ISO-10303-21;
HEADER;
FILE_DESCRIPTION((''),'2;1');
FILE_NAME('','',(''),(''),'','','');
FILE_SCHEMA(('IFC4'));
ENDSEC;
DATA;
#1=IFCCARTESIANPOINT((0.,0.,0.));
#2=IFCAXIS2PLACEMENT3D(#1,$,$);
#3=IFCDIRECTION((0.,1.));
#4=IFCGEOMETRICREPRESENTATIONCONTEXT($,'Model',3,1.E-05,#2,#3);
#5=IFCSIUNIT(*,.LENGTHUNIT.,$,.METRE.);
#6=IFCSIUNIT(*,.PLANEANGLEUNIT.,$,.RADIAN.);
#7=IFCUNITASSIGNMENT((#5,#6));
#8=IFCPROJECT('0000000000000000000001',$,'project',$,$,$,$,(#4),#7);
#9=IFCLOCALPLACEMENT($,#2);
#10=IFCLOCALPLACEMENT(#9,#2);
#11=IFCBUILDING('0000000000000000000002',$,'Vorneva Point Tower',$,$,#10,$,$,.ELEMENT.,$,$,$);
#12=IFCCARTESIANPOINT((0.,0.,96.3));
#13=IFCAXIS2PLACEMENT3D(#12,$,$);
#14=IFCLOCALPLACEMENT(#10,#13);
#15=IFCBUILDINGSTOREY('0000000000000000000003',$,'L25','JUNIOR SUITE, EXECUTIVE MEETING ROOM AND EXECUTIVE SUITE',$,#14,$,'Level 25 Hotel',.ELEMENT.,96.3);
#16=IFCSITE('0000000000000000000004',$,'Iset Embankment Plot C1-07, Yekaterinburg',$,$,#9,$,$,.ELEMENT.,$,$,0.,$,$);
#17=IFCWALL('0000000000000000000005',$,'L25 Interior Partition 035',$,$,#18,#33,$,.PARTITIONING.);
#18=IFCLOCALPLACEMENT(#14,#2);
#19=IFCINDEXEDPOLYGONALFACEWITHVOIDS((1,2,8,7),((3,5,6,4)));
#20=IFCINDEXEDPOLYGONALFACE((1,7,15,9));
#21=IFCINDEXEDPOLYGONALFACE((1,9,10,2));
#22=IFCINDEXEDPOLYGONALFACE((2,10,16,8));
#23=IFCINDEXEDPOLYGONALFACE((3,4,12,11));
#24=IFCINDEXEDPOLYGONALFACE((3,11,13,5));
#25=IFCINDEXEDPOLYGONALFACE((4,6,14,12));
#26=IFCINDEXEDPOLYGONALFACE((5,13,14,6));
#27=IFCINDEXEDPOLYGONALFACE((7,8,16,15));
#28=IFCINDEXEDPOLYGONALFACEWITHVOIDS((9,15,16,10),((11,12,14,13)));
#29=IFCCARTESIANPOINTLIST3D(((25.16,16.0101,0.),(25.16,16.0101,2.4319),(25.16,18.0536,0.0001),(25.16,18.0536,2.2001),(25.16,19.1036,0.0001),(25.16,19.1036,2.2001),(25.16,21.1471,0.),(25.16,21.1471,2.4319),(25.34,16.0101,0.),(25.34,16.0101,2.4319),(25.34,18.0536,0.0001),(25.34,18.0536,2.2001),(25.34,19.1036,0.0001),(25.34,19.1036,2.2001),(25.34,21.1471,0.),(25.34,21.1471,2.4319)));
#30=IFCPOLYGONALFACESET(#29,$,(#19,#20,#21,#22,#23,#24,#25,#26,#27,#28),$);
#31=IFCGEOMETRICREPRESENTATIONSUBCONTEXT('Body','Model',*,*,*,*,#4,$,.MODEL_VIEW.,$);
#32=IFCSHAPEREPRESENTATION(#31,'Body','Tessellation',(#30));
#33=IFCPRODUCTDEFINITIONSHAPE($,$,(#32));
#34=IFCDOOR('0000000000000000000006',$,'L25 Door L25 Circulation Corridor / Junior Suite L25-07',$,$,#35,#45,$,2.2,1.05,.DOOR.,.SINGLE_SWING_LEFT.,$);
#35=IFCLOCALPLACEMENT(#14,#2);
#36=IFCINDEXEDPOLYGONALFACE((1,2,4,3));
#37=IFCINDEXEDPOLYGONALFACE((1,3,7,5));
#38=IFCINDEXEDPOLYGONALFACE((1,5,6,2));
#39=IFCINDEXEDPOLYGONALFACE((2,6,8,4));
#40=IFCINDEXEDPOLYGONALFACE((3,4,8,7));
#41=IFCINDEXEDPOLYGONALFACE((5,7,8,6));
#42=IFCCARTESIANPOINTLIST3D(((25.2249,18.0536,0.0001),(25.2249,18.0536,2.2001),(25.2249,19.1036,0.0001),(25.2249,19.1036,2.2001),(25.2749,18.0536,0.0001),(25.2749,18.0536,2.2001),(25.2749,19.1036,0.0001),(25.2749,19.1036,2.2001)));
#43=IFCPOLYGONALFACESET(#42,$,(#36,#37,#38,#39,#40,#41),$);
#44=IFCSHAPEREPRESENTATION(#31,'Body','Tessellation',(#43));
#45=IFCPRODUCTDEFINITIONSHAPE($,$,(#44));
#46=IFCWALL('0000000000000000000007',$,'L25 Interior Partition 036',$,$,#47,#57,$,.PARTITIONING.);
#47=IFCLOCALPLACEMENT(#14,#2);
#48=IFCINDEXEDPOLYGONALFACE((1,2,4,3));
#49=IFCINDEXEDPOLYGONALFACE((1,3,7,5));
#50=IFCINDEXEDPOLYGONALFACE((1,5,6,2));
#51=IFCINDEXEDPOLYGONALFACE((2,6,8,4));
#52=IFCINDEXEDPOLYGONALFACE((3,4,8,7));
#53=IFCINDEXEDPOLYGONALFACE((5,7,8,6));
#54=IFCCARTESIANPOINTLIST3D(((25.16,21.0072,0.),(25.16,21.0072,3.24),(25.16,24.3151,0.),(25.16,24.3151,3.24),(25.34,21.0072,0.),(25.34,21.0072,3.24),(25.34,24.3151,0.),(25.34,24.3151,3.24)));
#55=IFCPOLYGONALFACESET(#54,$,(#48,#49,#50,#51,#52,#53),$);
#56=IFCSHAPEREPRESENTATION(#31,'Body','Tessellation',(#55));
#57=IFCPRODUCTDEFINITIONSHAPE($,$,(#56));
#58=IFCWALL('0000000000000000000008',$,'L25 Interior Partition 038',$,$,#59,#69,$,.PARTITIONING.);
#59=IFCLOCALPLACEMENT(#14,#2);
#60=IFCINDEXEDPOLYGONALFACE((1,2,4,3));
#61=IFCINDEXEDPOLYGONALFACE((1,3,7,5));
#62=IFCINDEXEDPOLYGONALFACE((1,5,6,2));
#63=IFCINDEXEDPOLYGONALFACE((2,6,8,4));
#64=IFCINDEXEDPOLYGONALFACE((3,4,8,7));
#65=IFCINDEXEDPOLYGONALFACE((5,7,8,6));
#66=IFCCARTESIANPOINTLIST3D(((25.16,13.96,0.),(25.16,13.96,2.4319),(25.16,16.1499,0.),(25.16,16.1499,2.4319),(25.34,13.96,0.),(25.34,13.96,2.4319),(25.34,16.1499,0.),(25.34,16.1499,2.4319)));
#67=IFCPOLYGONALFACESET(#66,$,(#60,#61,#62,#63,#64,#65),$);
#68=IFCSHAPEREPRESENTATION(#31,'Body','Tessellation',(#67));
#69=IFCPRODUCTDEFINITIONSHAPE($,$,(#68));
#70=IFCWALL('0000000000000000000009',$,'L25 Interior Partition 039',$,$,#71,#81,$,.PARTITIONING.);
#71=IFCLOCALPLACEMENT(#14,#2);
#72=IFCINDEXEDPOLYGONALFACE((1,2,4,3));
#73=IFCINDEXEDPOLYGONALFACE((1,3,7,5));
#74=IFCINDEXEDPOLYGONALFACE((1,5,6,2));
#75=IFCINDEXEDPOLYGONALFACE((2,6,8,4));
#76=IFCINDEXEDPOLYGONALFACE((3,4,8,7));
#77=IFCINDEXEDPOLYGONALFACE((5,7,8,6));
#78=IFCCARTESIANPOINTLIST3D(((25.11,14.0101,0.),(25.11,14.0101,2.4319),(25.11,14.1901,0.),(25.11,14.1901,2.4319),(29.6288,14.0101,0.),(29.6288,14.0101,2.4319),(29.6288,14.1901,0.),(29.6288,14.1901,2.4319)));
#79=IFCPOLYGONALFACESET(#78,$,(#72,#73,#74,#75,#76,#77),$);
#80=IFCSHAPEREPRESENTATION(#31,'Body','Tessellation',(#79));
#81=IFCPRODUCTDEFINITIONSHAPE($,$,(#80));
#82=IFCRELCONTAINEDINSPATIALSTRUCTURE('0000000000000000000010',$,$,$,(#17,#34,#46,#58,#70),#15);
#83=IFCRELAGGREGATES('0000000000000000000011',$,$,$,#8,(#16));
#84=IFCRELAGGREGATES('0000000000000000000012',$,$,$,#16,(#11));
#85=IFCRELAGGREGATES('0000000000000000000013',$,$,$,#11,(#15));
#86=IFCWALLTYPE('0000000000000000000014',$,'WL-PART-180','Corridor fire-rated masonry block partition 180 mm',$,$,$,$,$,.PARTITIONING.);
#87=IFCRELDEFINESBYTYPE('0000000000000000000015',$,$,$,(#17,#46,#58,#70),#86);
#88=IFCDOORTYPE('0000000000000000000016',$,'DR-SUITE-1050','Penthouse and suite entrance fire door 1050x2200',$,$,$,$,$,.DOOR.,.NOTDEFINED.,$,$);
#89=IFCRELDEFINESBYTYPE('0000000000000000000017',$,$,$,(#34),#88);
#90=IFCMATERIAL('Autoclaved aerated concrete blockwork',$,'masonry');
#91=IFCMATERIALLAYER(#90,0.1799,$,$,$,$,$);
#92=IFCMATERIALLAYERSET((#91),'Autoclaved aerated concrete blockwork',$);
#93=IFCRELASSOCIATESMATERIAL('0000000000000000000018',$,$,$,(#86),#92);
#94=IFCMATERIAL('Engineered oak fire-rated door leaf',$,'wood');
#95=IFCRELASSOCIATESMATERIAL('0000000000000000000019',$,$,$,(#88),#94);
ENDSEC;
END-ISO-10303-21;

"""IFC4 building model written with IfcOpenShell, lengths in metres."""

from ifc_helpers import new_model, si_unit, direction, frame, frame_2d, origin, place, context, subcontext, project, spatial, rectangle, extrude, material, layer, layer_set, type_object, element, fill, save


model = new_model("IFC4")

# Units and contexts
model_context = context("Model", 3, precision=1e-05, world=origin(), true_north=direction((0.0, 1.0)))
body_context = subcontext(model_context, "Body", "Model", "MODEL_VIEW")
ifc_project = project(units=[si_unit("LENGTHUNIT", "METRE"), si_unit("PLANEANGLEUNIT", "RADIAN")], contexts=[model_context])

# Site, building, storey
site_placement = place(None, origin())
site = spatial("IfcSite", under=ifc_project, at=site_placement, Name="Iset Embankment Plot C1-07, Yekaterinburg", CompositionType="ELEMENT", RefElevation=0.0)
building_placement = place(site_placement, origin())
building = spatial("IfcBuilding", under=site, at=building_placement, Name="Vorneva Point Tower", CompositionType="ELEMENT")
storey_placement = place(building_placement, frame((0.0, 0.0, 96.3)))
storey = spatial("IfcBuildingStorey", under=building, at=storey_placement, Name="L25", Description="JUNIOR SUITE, EXECUTIVE MEETING ROOM AND EXECUTIVE SUITE", LongName="Level 25 Hotel", CompositionType="ELEMENT", Elevation=96.3)

# Shared definitions
ifc_material_1 = material(Name="Engineered oak fire-rated door leaf", Category="wood")

# Wall, opening, door
ifc_material_2 = material(Name="Autoclaved aerated concrete blockwork", Category="masonry")
ifc_layer_1 = layer(ifc_material_2, 0.1799)
ifc_layer_set_1 = layer_set([ifc_layer_1], Name="Autoclaved aerated concrete blockwork")
wall_type_1 = type_object("IfcWallType", Name="WL-PART-180", Description="Corridor fire-rated masonry block partition 180 mm", PredefinedType="PARTITIONING", material=ifc_layer_set_1)
wall_1_placement = place(storey_placement, frame((25.25, 21.147, 0.0), z_axis=(0.0, 0.0, 1.0), x_axis=(0.0, -1.0, 0.0)))
wall_1 = element("IfcWall", 1, at=wall_1_placement, inside=storey, type_object=wall_type_1, Name="L25 Interior Partition 035", PredefinedType="PARTITIONING", context=body_context, shape_type="SweptSolid", body=[
    extrude(rectangle(XDim=5.137, YDim=0.1799, at=frame_2d((2.5684, 0.0))), origin(), (0.0, 0.0, 1.0), 2.4319),
])
opening_1_placement = place(wall_1_placement, frame((2.0435, 0.0, 0.0)))
opening_1 = element("IfcOpeningElement", 2, at=opening_1_placement, cuts=wall_1, PredefinedType="OPENING", context=body_context, shape_type="SweptSolid", body=[
    extrude(rectangle(XDim=1.05, YDim=2.2, at=frame_2d((0.5249, 1.1001))), frame((0.0, 0.105, 0.0), z_axis=(0.0, -1.0, 0.0), x_axis=(1.0, 0.0, 0.0)), (0.0, 0.0, 1.0), 0.2097),
])
door_type_1 = type_object("IfcDoorType", Name="DR-SUITE-1050", Description="Penthouse and suite entrance fire door 1050x2200", OperationType="NOTDEFINED", PredefinedType="DOOR", material=ifc_material_1)
door_1_placement = place(opening_1_placement, origin())
door_1 = element("IfcDoor", 3, at=door_1_placement, inside=storey, type_object=door_type_1, Name="L25 Door L25 Circulation Corridor / Junior Suite L25-07", OperationType="SINGLE_SWING_LEFT", OverallHeight=2.2, OverallWidth=1.05, PredefinedType="DOOR", context=body_context, shape_type="SweptSolid", body=[
    extrude(rectangle(XDim=1.05, YDim=2.2, at=frame_2d((0.5249, 1.1001))), frame((0.0, 0.0249, 0.0), z_axis=(0.0, -1.0, 0.0), x_axis=(1.0, 0.0, 0.0)), (0.0, 0.0, 1.0), 0.05),
])
fill(opening_1, door_1)

# Walls
wall_2_placement = place(storey_placement, frame((25.25, 24.3149, 0.0), z_axis=(0.0, 0.0, 1.0), x_axis=(0.0, -1.0, 0.0)))
element("IfcWall", 4, at=wall_2_placement, inside=storey, type_object=wall_type_1, Name="L25 Interior Partition 036", PredefinedType="PARTITIONING", context=body_context, shape_type="SweptSolid", body=[
    extrude(rectangle(XDim=3.3079, YDim=0.1799, at=frame_2d((1.6538, 0.0))), origin(), (0.0, 0.0, 1.0), 3.24),
])
wall_3_placement = place(storey_placement, frame((25.25, 16.1499, 0.0), z_axis=(0.0, 0.0, 1.0), x_axis=(0.0, -1.0, 0.0)))
element("IfcWall", 5, at=wall_3_placement, inside=storey, type_object=wall_type_1, Name="L25 Interior Partition 038", PredefinedType="PARTITIONING", context=body_context, shape_type="SweptSolid", body=[
    extrude(rectangle(XDim=2.1899, YDim=0.1799, at=frame_2d((1.095, 0.0))), origin(), (0.0, 0.0, 1.0), 2.4319),
])
wall_4_placement = place(storey_placement, frame((25.1101, 14.1001, 0.0), z_axis=(0.0, 0.0, 1.0), x_axis=(1.0, 0.0, 0.0)))
element("IfcWall", 6, at=wall_4_placement, inside=storey, type_object=wall_type_1, Name="L25 Interior Partition 039", PredefinedType="PARTITIONING", context=body_context, shape_type="SweptSolid", body=[
    extrude(rectangle(XDim=4.5188, YDim=0.1799, at=frame_2d((2.2593, 0.0))), origin(), (0.0, 0.0, 1.0), 2.4319),
])

save(model, "model.ifc")
